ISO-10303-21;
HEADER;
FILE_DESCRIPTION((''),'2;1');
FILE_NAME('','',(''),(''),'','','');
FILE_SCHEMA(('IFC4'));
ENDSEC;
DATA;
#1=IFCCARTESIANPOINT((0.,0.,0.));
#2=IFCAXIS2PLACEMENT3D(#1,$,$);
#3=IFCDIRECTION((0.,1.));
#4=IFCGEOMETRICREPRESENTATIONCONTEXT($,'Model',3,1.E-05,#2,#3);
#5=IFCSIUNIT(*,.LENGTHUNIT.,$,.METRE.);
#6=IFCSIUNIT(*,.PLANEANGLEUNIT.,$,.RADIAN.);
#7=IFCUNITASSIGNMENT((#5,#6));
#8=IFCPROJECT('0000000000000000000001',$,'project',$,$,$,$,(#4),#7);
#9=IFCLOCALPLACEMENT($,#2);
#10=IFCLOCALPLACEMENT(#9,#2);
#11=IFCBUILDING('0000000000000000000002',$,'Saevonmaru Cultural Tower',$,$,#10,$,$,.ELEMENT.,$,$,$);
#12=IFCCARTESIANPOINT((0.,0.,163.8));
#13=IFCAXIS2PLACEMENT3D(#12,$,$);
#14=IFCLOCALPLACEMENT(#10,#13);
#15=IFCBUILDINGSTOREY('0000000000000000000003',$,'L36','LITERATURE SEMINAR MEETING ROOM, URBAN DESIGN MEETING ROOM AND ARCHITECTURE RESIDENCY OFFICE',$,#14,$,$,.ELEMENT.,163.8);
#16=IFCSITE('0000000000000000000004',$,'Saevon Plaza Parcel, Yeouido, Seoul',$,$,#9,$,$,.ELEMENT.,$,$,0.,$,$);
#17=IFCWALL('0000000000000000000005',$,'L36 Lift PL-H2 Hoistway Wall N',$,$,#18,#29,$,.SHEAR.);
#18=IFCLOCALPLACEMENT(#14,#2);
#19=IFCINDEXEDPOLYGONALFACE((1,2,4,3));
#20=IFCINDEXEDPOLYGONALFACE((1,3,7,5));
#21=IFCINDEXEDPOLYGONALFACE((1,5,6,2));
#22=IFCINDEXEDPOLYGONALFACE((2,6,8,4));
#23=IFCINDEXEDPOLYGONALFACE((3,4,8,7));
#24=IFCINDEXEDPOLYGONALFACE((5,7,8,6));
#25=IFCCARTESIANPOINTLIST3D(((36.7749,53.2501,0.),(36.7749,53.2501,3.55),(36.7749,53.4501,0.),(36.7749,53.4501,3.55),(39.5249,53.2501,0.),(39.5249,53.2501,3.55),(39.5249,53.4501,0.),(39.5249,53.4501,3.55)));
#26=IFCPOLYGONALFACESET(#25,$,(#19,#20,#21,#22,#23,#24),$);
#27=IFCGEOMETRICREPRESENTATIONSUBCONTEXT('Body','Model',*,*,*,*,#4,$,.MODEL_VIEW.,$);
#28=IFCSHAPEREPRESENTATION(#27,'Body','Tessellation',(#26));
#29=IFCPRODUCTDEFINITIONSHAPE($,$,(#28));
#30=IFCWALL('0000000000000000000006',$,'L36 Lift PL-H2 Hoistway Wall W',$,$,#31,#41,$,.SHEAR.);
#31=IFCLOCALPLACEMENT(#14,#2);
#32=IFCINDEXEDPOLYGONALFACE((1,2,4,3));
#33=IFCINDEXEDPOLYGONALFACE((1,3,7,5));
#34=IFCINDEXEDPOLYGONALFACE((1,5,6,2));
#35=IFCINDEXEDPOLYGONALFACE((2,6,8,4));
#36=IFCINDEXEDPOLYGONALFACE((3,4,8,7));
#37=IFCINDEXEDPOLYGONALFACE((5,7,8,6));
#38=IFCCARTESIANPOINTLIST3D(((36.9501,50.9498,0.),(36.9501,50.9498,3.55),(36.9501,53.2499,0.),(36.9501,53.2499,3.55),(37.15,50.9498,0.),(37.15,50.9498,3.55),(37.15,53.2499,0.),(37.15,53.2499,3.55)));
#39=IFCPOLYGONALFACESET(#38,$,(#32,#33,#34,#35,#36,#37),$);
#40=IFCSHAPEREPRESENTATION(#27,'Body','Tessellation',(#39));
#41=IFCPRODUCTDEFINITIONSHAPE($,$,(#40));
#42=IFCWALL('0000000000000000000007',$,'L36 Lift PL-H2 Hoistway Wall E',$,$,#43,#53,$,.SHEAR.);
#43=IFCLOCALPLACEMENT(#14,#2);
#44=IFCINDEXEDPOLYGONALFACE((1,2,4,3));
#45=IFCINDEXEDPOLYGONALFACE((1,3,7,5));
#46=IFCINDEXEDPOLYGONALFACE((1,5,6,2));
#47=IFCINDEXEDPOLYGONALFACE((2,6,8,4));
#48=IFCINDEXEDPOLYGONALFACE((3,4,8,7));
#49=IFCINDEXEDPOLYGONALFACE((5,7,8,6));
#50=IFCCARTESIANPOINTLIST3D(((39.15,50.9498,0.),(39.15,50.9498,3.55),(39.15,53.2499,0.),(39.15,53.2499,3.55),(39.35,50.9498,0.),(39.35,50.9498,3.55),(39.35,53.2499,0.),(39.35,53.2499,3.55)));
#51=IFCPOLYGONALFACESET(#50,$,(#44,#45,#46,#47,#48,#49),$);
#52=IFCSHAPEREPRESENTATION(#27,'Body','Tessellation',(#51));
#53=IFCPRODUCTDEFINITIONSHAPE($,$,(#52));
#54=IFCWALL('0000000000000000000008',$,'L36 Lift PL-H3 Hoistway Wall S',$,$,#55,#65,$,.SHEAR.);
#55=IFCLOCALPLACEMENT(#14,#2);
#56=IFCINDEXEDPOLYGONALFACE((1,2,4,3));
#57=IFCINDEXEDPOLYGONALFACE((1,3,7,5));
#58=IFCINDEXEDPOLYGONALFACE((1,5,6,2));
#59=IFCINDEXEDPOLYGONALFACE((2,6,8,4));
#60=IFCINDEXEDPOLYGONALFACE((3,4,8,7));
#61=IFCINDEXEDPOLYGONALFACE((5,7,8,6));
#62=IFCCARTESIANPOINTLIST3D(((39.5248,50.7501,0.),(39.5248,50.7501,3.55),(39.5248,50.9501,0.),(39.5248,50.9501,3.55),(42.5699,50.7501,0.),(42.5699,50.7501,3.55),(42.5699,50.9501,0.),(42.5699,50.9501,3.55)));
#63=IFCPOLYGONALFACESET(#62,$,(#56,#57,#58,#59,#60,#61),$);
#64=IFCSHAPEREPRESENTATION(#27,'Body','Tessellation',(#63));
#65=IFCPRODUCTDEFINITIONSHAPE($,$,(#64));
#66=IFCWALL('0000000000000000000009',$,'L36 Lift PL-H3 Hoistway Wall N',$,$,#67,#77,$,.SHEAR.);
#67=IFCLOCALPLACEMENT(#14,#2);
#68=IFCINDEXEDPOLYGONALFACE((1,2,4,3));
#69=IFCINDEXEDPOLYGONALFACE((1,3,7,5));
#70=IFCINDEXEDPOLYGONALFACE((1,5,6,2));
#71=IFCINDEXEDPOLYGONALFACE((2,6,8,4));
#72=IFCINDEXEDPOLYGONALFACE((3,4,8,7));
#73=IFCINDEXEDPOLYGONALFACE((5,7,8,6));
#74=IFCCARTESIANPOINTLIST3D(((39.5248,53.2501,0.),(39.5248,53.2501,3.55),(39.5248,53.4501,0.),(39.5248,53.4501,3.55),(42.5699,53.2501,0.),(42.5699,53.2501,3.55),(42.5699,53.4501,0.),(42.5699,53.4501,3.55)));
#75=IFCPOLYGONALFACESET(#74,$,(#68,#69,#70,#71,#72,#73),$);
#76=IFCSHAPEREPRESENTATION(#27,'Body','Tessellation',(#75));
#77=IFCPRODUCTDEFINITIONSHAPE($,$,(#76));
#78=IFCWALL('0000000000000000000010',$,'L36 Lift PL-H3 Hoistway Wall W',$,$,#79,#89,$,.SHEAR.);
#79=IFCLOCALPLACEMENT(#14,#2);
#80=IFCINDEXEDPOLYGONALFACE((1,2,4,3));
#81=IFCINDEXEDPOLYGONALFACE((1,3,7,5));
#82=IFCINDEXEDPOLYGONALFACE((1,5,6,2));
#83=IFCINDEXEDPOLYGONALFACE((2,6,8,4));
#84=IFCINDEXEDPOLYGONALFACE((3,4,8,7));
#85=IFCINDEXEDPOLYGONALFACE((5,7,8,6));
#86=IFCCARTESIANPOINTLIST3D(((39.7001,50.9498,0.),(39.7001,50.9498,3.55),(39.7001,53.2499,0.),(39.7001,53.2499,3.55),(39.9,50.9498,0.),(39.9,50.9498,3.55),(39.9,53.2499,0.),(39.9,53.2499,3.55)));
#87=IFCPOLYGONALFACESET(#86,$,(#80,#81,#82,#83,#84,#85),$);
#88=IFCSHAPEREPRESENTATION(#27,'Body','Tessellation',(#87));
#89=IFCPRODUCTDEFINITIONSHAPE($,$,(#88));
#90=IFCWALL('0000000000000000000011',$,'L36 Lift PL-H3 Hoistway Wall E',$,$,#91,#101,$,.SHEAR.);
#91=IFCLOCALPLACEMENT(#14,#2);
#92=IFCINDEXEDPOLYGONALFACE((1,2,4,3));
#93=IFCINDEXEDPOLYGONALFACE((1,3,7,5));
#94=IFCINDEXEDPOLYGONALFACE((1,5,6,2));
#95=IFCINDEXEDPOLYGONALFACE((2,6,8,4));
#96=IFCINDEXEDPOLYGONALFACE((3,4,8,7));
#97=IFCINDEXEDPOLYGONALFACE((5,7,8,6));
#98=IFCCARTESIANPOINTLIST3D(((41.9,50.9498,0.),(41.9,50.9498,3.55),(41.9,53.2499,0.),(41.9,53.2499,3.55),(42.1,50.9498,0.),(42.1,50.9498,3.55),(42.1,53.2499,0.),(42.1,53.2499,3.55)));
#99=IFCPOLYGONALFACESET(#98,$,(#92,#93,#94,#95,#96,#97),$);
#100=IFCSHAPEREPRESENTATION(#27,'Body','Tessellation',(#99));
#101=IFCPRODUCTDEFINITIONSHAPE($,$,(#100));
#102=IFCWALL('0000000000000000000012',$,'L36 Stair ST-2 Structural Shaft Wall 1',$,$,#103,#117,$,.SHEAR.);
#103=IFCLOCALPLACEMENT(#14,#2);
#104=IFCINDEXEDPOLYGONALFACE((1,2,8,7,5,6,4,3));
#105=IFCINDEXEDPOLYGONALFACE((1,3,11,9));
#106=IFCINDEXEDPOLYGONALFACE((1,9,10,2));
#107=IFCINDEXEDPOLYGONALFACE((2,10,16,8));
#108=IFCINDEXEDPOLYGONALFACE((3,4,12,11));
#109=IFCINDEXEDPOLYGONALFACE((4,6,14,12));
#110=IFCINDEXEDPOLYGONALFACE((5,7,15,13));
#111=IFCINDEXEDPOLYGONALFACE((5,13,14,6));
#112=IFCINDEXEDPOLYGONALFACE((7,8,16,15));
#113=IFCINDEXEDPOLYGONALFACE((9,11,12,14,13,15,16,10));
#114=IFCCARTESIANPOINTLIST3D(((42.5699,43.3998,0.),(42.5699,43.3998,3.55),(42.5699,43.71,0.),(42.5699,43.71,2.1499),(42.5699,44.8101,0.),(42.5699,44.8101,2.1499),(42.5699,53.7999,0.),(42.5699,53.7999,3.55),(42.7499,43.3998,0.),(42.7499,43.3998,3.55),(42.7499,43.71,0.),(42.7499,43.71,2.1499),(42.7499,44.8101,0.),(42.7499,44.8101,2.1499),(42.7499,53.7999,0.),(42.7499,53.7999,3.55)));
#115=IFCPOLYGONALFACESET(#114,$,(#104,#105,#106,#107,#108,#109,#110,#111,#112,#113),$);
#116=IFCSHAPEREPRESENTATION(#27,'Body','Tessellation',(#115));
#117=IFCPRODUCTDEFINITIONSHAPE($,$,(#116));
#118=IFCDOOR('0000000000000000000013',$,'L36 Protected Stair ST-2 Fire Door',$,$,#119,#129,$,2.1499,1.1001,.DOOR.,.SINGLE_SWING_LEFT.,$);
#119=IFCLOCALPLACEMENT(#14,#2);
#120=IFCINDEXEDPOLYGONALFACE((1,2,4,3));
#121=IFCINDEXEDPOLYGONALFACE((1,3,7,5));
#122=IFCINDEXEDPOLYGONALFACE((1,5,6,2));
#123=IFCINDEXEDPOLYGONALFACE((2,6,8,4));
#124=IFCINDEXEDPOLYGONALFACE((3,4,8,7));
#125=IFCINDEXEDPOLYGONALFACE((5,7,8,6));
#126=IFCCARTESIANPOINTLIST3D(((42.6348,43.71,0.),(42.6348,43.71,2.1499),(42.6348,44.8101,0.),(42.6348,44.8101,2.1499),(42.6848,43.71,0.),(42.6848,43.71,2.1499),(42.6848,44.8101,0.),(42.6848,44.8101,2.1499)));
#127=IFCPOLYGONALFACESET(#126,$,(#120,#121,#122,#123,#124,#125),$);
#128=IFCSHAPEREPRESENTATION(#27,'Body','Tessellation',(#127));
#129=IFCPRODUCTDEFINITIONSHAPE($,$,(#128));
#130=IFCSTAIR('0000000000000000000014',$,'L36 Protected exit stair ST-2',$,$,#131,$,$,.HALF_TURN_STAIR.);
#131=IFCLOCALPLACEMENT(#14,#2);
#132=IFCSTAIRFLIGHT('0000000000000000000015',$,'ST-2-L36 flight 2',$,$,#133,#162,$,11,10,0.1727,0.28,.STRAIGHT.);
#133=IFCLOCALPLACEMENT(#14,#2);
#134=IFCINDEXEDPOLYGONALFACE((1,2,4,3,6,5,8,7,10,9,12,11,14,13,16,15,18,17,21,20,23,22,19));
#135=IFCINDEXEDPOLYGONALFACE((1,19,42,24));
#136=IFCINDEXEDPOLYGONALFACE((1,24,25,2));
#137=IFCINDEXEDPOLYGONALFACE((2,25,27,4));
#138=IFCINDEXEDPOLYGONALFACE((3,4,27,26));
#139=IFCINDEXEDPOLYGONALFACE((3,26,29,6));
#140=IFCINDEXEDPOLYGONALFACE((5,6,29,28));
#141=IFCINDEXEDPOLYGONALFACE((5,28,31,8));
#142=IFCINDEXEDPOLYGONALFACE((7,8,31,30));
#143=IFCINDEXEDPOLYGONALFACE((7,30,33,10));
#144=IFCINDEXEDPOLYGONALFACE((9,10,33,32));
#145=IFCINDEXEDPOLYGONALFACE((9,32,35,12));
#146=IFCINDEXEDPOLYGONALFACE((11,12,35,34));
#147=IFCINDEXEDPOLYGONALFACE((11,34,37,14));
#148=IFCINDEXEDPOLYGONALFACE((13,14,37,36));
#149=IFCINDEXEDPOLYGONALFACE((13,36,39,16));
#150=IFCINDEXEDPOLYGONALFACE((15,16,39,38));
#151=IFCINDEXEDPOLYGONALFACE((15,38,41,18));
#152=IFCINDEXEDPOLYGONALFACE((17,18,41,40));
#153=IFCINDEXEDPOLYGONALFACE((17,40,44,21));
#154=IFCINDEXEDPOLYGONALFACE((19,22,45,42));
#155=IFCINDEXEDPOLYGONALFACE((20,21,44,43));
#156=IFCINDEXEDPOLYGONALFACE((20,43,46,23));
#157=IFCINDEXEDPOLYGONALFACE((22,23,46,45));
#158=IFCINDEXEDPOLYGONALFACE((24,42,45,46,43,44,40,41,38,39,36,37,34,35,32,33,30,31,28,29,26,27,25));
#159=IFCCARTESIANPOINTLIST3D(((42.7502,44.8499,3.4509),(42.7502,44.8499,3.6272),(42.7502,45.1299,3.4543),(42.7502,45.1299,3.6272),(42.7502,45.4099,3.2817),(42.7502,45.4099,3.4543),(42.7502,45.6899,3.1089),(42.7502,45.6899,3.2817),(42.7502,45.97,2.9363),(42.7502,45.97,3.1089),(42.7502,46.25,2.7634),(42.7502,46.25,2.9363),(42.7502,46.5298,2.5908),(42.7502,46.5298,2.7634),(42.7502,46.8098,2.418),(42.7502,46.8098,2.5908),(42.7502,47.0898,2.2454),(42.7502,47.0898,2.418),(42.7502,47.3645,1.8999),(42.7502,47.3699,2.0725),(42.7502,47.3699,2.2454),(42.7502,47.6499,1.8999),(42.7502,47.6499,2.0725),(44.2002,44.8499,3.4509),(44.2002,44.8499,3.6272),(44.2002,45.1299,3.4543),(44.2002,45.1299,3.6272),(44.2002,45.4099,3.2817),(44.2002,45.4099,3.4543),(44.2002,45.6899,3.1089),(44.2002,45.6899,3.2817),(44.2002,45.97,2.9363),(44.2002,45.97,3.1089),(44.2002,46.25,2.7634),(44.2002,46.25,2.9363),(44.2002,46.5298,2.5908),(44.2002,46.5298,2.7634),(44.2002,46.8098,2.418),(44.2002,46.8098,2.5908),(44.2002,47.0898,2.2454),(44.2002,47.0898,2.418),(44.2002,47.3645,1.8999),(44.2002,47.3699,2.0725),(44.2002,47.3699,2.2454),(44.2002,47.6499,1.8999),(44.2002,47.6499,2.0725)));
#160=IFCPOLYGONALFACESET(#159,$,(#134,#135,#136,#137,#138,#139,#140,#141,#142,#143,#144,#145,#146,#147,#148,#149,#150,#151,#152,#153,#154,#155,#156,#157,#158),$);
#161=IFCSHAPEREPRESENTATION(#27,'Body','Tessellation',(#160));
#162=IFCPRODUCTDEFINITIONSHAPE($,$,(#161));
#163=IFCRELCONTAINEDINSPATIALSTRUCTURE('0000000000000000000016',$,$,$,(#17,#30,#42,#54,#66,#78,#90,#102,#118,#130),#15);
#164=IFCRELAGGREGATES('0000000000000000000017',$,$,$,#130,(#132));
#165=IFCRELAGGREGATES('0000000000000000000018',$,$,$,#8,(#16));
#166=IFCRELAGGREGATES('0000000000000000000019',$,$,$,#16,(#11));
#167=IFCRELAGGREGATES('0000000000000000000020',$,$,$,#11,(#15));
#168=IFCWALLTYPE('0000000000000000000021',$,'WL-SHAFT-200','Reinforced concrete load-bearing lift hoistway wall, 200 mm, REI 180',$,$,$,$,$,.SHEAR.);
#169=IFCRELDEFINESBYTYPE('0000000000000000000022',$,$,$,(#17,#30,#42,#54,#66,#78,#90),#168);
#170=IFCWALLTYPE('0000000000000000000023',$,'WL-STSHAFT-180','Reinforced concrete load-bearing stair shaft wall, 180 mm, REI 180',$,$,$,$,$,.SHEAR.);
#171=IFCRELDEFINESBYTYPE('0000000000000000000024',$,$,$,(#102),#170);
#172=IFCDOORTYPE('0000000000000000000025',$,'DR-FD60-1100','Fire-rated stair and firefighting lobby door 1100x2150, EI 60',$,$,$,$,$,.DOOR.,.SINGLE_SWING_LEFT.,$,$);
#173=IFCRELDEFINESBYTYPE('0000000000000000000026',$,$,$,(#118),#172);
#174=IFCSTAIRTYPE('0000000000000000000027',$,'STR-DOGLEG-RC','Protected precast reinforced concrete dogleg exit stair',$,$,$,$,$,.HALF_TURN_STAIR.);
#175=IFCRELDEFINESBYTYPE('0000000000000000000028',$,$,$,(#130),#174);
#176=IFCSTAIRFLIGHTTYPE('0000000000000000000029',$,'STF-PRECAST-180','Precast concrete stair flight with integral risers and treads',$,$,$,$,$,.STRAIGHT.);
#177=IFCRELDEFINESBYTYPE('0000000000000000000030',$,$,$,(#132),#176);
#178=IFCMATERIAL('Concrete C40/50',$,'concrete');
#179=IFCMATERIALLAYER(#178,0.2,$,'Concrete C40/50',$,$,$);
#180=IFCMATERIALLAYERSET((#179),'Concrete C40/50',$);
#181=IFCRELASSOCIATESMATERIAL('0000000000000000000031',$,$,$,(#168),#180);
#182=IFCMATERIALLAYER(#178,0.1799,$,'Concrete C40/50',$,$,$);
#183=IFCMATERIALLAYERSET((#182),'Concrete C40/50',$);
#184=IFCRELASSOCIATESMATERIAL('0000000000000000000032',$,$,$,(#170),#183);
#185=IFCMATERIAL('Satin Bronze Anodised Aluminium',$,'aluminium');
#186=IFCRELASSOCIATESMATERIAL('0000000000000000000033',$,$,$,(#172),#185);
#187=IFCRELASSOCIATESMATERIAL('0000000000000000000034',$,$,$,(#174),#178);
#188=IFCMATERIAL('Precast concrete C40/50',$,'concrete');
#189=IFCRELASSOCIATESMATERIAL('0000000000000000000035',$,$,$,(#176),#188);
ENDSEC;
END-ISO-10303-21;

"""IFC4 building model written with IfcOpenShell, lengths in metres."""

from ifc_helpers import new_model, si_unit, direction, frame, frame_2d, origin, place, context, subcontext, project, spatial, polyline, rectangle, outline, extrude, material, layer, layer_set, type_object, element, fill, aggregate, save


model = new_model("IFC4")

# Units and contexts
model_context = context("Model", 3, precision=1e-05, world=origin(), true_north=direction((0.0, 1.0)))
body_context = subcontext(model_context, "Body", "Model", "MODEL_VIEW")
ifc_project = project(units=[si_unit("LENGTHUNIT", "METRE"), si_unit("PLANEANGLEUNIT", "RADIAN")], contexts=[model_context])

# Site, building, storey
site_placement = place(None, origin())
site = spatial("IfcSite", under=ifc_project, at=site_placement, Name="Saevon Plaza Parcel, Yeouido, Seoul", CompositionType="ELEMENT", RefElevation=0.0)
building_placement = place(site_placement, origin())
building = spatial("IfcBuilding", under=site, at=building_placement, Name="Saevonmaru Cultural Tower", CompositionType="ELEMENT")
storey_placement = place(building_placement, frame((0.0, 0.0, 163.8)))
storey = spatial("IfcBuildingStorey", under=building, at=storey_placement, Name="L36", Description="LITERATURE SEMINAR MEETING ROOM, URBAN DESIGN MEETING ROOM AND ARCHITECTURE RESIDENCY OFFICE", CompositionType="ELEMENT", Elevation=163.8)

# Shared definitions
ifc_material_1 = material(Name="Satin Bronze Anodised Aluminium", Category="aluminium")

# Walls
ifc_material_2 = material(Name="Concrete C40/50", Category="concrete")
ifc_layer_1 = layer(ifc_material_2, 0.2, Name="Concrete C40/50")
ifc_layer_set_1 = layer_set([ifc_layer_1], Name="Concrete C40/50")
wall_type_1 = type_object("IfcWallType", Name="WL-SHAFT-200", Description="Reinforced concrete load-bearing lift hoistway wall, 200 mm, REI 180", PredefinedType="SHEAR", material=ifc_layer_set_1)
for number, where, z_axis, x_axis, name in (
    (1, (36.7749, 53.3501, 0.0), (0.0, 0.0, 1.0), (1.0, 0.0, 0.0), "L36 Lift PL-H2 Hoistway Wall N"),
):
    element("IfcWall", number, at=place(storey_placement, frame(where, z_axis=z_axis, x_axis=x_axis)), inside=storey, type_object=wall_type_1, Name=name, PredefinedType="SHEAR", context=body_context, shape_type="SweptSolid", body=[
        extrude(rectangle(XDim=2.75, YDim=0.2, at=frame_2d((1.375, 0.0))), origin(), (0.0, 0.0, 1.0), 3.55),
    ])
for number, where, z_axis, x_axis, name in (
    (2, (37.05, 50.95, 0.0), (0.0, 0.0, 1.0), (0.0, 1.0, 0.0), "L36 Lift PL-H2 Hoistway Wall W"),
    (3, (39.25, 50.95, 0.0), (0.0, 0.0, 1.0), (0.0, 1.0, 0.0), "L36 Lift PL-H2 Hoistway Wall E"),
):
    element("IfcWall", number, at=place(storey_placement, frame(where, z_axis=z_axis, x_axis=x_axis)), inside=storey, type_object=wall_type_1, Name=name, PredefinedType="SHEAR", context=body_context, shape_type="SweptSolid", body=[
        extrude(rectangle(XDim=2.3, YDim=0.2, at=frame_2d((1.1499, 0.0))), origin(), (0.0, 0.0, 1.0), 3.55),
    ])
for number, where, z_axis, x_axis, name in (
    (4, (39.5249, 50.8501, 0.0), (0.0, 0.0, 1.0), (1.0, 0.0, 0.0), "L36 Lift PL-H3 Hoistway Wall S"),
    (5, (39.5249, 53.3501, 0.0), (0.0, 0.0, 1.0), (1.0, 0.0, 0.0), "L36 Lift PL-H3 Hoistway Wall N"),
):
    element("IfcWall", number, at=place(storey_placement, frame(where, z_axis=z_axis, x_axis=x_axis)), inside=storey, type_object=wall_type_1, Name=name, PredefinedType="SHEAR", context=body_context, shape_type="SweptSolid", body=[
        extrude(rectangle(XDim=3.0452, YDim=0.2, at=frame_2d((1.5225, 0.0))), origin(), (0.0, 0.0, 1.0), 3.55),
    ])
for number, where, z_axis, x_axis, name in (
    (6, (39.8, 50.95, 0.0), (0.0, 0.0, 1.0), (0.0, 1.0, 0.0), "L36 Lift PL-H3 Hoistway Wall W"),
    (7, (42.0, 50.95, 0.0), (0.0, 0.0, 1.0), (0.0, 1.0, 0.0), "L36 Lift PL-H3 Hoistway Wall E"),
):
    element("IfcWall", number, at=place(storey_placement, frame(where, z_axis=z_axis, x_axis=x_axis)), inside=storey, type_object=wall_type_1, Name=name, PredefinedType="SHEAR", context=body_context, shape_type="SweptSolid", body=[
        extrude(rectangle(XDim=2.3, YDim=0.2, at=frame_2d((1.1499, 0.0))), origin(), (0.0, 0.0, 1.0), 3.55),
    ])

# Wall, opening, door
ifc_layer_2 = layer(ifc_material_2, 0.1799, Name="Concrete C40/50")
ifc_layer_set_2 = layer_set([ifc_layer_2], Name="Concrete C40/50")
wall_type_2 = type_object("IfcWallType", Name="WL-STSHAFT-180", Description="Reinforced concrete load-bearing stair shaft wall, 180 mm, REI 180", PredefinedType="SHEAR", material=ifc_layer_set_2)
wall_1_placement = place(storey_placement, frame((42.6599, 53.8, 0.0), z_axis=(0.0, 0.0, 1.0), x_axis=(0.0, -1.0, 0.0)))
wall_1 = element("IfcWall", 8, at=wall_1_placement, inside=storey, type_object=wall_type_2, Name="L36 Stair ST-2 Structural Shaft Wall 1", PredefinedType="SHEAR", context=body_context, shape_type="SweptSolid", body=[
    extrude(rectangle(XDim=10.4001, YDim=0.1799, at=frame_2d((5.2002, 0.0))), origin(), (0.0, 0.0, 1.0), 3.55),
])
opening_1_placement = place(wall_1_placement, frame((8.99, 0.0, 0.0)))
opening_1 = element("IfcOpeningElement", 9, at=opening_1_placement, cuts=wall_1, PredefinedType="OPENING", context=body_context, shape_type="SweptSolid", body=[
    extrude(rectangle(XDim=1.1001, YDim=2.1499, at=frame_2d((0.55, 1.075))), frame((0.0, 0.1001, 0.0), z_axis=(0.0, -1.0, 0.0), x_axis=(1.0, 0.0, 0.0)), (0.0, 0.0, 1.0), 0.2),
])
door_type_1 = type_object("IfcDoorType", Name="DR-FD60-1100", Description="Fire-rated stair and firefighting lobby door 1100x2150, EI 60", OperationType="SINGLE_SWING_LEFT", PredefinedType="DOOR", material=ifc_material_1)
door_1_placement = place(opening_1_placement, origin())
door_1 = element("IfcDoor", 10, at=door_1_placement, inside=storey, type_object=door_type_1, Name="L36 Protected Stair ST-2 Fire Door", OperationType="SINGLE_SWING_LEFT", OverallHeight=2.1499, OverallWidth=1.1001, PredefinedType="DOOR", context=body_context, shape_type="SweptSolid", body=[
    extrude(rectangle(XDim=1.1001, YDim=2.1499, at=frame_2d((0.55, 1.075))), frame((0.0, 0.0249, 0.0), z_axis=(0.0, -1.0, 0.0), x_axis=(1.0, 0.0, 0.0)), (0.0, 0.0, 1.0), 0.05),
])
fill(opening_1, door_1)

# Stair, stair flight
stair_type = type_object("IfcStairType", Name="STR-DOGLEG-RC", Description="Protected precast reinforced concrete dogleg exit stair", PredefinedType="HALF_TURN_STAIR", material=ifc_material_2)
stair_placement = place(storey_placement, origin())
stair = element("IfcStair", 11, at=stair_placement, inside=storey, type_object=stair_type, Name="L36 Protected exit stair ST-2", PredefinedType="HALF_TURN_STAIR")
ifc_material_3 = material(Name="Precast concrete C40/50", Category="concrete")
stair_flight_type = type_object("IfcStairFlightType", Name="STF-PRECAST-180", Description="Precast concrete stair flight with integral risers and treads", PredefinedType="STRAIGHT", material=ifc_material_3)
stair_flight_placement = place(storey_placement, frame((43.4751, 47.6499, 1.8999), z_axis=(0.0, 0.0, 1.0), x_axis=(0.0, -1.0, 0.0)))
stair_flight = element("IfcStairFlight", 12, at=stair_flight_placement, type_object=stair_flight_type, Name="ST-2-L36 flight 2", NumberOfRisers=11, NumberOfTreads=10, PredefinedType="STRAIGHT", RiserHeight=0.1727, TreadLength=0.28, context=body_context, shape_type="SweptSolid", body=[
    extrude(outline(polyline([(0.0, 0.0), (0.0, 0.1726), (0.28, 0.1726), (0.28, 0.3455), (0.5601, 0.3455), (0.5601, 0.5181), (0.8401, 0.5181), (0.8401, 0.6909), (1.1201, 0.6909), (1.1201, 0.8635), (1.3999, 0.8635), (1.3999, 1.0364), (1.6799, 1.0364), (1.6799, 1.209), (1.96, 1.209), (1.96, 1.3818), (2.24, 1.3818), (2.24, 1.5544), (2.52, 1.5544), (2.52, 1.7273), (2.8, 1.7273), (2.8, 1.8999), (2.8, 1.551), (0.2854, 0.0), (0.0, 0.0)])), frame((0.0, 0.7251, 0.0), z_axis=(0.0, -1.0, 0.0), x_axis=(1.0, 0.0, 0.0)), (0.0, 0.0, 1.0), 1.45),
])
aggregate(stair, [stair_flight])

save(model, "model.ifc")
